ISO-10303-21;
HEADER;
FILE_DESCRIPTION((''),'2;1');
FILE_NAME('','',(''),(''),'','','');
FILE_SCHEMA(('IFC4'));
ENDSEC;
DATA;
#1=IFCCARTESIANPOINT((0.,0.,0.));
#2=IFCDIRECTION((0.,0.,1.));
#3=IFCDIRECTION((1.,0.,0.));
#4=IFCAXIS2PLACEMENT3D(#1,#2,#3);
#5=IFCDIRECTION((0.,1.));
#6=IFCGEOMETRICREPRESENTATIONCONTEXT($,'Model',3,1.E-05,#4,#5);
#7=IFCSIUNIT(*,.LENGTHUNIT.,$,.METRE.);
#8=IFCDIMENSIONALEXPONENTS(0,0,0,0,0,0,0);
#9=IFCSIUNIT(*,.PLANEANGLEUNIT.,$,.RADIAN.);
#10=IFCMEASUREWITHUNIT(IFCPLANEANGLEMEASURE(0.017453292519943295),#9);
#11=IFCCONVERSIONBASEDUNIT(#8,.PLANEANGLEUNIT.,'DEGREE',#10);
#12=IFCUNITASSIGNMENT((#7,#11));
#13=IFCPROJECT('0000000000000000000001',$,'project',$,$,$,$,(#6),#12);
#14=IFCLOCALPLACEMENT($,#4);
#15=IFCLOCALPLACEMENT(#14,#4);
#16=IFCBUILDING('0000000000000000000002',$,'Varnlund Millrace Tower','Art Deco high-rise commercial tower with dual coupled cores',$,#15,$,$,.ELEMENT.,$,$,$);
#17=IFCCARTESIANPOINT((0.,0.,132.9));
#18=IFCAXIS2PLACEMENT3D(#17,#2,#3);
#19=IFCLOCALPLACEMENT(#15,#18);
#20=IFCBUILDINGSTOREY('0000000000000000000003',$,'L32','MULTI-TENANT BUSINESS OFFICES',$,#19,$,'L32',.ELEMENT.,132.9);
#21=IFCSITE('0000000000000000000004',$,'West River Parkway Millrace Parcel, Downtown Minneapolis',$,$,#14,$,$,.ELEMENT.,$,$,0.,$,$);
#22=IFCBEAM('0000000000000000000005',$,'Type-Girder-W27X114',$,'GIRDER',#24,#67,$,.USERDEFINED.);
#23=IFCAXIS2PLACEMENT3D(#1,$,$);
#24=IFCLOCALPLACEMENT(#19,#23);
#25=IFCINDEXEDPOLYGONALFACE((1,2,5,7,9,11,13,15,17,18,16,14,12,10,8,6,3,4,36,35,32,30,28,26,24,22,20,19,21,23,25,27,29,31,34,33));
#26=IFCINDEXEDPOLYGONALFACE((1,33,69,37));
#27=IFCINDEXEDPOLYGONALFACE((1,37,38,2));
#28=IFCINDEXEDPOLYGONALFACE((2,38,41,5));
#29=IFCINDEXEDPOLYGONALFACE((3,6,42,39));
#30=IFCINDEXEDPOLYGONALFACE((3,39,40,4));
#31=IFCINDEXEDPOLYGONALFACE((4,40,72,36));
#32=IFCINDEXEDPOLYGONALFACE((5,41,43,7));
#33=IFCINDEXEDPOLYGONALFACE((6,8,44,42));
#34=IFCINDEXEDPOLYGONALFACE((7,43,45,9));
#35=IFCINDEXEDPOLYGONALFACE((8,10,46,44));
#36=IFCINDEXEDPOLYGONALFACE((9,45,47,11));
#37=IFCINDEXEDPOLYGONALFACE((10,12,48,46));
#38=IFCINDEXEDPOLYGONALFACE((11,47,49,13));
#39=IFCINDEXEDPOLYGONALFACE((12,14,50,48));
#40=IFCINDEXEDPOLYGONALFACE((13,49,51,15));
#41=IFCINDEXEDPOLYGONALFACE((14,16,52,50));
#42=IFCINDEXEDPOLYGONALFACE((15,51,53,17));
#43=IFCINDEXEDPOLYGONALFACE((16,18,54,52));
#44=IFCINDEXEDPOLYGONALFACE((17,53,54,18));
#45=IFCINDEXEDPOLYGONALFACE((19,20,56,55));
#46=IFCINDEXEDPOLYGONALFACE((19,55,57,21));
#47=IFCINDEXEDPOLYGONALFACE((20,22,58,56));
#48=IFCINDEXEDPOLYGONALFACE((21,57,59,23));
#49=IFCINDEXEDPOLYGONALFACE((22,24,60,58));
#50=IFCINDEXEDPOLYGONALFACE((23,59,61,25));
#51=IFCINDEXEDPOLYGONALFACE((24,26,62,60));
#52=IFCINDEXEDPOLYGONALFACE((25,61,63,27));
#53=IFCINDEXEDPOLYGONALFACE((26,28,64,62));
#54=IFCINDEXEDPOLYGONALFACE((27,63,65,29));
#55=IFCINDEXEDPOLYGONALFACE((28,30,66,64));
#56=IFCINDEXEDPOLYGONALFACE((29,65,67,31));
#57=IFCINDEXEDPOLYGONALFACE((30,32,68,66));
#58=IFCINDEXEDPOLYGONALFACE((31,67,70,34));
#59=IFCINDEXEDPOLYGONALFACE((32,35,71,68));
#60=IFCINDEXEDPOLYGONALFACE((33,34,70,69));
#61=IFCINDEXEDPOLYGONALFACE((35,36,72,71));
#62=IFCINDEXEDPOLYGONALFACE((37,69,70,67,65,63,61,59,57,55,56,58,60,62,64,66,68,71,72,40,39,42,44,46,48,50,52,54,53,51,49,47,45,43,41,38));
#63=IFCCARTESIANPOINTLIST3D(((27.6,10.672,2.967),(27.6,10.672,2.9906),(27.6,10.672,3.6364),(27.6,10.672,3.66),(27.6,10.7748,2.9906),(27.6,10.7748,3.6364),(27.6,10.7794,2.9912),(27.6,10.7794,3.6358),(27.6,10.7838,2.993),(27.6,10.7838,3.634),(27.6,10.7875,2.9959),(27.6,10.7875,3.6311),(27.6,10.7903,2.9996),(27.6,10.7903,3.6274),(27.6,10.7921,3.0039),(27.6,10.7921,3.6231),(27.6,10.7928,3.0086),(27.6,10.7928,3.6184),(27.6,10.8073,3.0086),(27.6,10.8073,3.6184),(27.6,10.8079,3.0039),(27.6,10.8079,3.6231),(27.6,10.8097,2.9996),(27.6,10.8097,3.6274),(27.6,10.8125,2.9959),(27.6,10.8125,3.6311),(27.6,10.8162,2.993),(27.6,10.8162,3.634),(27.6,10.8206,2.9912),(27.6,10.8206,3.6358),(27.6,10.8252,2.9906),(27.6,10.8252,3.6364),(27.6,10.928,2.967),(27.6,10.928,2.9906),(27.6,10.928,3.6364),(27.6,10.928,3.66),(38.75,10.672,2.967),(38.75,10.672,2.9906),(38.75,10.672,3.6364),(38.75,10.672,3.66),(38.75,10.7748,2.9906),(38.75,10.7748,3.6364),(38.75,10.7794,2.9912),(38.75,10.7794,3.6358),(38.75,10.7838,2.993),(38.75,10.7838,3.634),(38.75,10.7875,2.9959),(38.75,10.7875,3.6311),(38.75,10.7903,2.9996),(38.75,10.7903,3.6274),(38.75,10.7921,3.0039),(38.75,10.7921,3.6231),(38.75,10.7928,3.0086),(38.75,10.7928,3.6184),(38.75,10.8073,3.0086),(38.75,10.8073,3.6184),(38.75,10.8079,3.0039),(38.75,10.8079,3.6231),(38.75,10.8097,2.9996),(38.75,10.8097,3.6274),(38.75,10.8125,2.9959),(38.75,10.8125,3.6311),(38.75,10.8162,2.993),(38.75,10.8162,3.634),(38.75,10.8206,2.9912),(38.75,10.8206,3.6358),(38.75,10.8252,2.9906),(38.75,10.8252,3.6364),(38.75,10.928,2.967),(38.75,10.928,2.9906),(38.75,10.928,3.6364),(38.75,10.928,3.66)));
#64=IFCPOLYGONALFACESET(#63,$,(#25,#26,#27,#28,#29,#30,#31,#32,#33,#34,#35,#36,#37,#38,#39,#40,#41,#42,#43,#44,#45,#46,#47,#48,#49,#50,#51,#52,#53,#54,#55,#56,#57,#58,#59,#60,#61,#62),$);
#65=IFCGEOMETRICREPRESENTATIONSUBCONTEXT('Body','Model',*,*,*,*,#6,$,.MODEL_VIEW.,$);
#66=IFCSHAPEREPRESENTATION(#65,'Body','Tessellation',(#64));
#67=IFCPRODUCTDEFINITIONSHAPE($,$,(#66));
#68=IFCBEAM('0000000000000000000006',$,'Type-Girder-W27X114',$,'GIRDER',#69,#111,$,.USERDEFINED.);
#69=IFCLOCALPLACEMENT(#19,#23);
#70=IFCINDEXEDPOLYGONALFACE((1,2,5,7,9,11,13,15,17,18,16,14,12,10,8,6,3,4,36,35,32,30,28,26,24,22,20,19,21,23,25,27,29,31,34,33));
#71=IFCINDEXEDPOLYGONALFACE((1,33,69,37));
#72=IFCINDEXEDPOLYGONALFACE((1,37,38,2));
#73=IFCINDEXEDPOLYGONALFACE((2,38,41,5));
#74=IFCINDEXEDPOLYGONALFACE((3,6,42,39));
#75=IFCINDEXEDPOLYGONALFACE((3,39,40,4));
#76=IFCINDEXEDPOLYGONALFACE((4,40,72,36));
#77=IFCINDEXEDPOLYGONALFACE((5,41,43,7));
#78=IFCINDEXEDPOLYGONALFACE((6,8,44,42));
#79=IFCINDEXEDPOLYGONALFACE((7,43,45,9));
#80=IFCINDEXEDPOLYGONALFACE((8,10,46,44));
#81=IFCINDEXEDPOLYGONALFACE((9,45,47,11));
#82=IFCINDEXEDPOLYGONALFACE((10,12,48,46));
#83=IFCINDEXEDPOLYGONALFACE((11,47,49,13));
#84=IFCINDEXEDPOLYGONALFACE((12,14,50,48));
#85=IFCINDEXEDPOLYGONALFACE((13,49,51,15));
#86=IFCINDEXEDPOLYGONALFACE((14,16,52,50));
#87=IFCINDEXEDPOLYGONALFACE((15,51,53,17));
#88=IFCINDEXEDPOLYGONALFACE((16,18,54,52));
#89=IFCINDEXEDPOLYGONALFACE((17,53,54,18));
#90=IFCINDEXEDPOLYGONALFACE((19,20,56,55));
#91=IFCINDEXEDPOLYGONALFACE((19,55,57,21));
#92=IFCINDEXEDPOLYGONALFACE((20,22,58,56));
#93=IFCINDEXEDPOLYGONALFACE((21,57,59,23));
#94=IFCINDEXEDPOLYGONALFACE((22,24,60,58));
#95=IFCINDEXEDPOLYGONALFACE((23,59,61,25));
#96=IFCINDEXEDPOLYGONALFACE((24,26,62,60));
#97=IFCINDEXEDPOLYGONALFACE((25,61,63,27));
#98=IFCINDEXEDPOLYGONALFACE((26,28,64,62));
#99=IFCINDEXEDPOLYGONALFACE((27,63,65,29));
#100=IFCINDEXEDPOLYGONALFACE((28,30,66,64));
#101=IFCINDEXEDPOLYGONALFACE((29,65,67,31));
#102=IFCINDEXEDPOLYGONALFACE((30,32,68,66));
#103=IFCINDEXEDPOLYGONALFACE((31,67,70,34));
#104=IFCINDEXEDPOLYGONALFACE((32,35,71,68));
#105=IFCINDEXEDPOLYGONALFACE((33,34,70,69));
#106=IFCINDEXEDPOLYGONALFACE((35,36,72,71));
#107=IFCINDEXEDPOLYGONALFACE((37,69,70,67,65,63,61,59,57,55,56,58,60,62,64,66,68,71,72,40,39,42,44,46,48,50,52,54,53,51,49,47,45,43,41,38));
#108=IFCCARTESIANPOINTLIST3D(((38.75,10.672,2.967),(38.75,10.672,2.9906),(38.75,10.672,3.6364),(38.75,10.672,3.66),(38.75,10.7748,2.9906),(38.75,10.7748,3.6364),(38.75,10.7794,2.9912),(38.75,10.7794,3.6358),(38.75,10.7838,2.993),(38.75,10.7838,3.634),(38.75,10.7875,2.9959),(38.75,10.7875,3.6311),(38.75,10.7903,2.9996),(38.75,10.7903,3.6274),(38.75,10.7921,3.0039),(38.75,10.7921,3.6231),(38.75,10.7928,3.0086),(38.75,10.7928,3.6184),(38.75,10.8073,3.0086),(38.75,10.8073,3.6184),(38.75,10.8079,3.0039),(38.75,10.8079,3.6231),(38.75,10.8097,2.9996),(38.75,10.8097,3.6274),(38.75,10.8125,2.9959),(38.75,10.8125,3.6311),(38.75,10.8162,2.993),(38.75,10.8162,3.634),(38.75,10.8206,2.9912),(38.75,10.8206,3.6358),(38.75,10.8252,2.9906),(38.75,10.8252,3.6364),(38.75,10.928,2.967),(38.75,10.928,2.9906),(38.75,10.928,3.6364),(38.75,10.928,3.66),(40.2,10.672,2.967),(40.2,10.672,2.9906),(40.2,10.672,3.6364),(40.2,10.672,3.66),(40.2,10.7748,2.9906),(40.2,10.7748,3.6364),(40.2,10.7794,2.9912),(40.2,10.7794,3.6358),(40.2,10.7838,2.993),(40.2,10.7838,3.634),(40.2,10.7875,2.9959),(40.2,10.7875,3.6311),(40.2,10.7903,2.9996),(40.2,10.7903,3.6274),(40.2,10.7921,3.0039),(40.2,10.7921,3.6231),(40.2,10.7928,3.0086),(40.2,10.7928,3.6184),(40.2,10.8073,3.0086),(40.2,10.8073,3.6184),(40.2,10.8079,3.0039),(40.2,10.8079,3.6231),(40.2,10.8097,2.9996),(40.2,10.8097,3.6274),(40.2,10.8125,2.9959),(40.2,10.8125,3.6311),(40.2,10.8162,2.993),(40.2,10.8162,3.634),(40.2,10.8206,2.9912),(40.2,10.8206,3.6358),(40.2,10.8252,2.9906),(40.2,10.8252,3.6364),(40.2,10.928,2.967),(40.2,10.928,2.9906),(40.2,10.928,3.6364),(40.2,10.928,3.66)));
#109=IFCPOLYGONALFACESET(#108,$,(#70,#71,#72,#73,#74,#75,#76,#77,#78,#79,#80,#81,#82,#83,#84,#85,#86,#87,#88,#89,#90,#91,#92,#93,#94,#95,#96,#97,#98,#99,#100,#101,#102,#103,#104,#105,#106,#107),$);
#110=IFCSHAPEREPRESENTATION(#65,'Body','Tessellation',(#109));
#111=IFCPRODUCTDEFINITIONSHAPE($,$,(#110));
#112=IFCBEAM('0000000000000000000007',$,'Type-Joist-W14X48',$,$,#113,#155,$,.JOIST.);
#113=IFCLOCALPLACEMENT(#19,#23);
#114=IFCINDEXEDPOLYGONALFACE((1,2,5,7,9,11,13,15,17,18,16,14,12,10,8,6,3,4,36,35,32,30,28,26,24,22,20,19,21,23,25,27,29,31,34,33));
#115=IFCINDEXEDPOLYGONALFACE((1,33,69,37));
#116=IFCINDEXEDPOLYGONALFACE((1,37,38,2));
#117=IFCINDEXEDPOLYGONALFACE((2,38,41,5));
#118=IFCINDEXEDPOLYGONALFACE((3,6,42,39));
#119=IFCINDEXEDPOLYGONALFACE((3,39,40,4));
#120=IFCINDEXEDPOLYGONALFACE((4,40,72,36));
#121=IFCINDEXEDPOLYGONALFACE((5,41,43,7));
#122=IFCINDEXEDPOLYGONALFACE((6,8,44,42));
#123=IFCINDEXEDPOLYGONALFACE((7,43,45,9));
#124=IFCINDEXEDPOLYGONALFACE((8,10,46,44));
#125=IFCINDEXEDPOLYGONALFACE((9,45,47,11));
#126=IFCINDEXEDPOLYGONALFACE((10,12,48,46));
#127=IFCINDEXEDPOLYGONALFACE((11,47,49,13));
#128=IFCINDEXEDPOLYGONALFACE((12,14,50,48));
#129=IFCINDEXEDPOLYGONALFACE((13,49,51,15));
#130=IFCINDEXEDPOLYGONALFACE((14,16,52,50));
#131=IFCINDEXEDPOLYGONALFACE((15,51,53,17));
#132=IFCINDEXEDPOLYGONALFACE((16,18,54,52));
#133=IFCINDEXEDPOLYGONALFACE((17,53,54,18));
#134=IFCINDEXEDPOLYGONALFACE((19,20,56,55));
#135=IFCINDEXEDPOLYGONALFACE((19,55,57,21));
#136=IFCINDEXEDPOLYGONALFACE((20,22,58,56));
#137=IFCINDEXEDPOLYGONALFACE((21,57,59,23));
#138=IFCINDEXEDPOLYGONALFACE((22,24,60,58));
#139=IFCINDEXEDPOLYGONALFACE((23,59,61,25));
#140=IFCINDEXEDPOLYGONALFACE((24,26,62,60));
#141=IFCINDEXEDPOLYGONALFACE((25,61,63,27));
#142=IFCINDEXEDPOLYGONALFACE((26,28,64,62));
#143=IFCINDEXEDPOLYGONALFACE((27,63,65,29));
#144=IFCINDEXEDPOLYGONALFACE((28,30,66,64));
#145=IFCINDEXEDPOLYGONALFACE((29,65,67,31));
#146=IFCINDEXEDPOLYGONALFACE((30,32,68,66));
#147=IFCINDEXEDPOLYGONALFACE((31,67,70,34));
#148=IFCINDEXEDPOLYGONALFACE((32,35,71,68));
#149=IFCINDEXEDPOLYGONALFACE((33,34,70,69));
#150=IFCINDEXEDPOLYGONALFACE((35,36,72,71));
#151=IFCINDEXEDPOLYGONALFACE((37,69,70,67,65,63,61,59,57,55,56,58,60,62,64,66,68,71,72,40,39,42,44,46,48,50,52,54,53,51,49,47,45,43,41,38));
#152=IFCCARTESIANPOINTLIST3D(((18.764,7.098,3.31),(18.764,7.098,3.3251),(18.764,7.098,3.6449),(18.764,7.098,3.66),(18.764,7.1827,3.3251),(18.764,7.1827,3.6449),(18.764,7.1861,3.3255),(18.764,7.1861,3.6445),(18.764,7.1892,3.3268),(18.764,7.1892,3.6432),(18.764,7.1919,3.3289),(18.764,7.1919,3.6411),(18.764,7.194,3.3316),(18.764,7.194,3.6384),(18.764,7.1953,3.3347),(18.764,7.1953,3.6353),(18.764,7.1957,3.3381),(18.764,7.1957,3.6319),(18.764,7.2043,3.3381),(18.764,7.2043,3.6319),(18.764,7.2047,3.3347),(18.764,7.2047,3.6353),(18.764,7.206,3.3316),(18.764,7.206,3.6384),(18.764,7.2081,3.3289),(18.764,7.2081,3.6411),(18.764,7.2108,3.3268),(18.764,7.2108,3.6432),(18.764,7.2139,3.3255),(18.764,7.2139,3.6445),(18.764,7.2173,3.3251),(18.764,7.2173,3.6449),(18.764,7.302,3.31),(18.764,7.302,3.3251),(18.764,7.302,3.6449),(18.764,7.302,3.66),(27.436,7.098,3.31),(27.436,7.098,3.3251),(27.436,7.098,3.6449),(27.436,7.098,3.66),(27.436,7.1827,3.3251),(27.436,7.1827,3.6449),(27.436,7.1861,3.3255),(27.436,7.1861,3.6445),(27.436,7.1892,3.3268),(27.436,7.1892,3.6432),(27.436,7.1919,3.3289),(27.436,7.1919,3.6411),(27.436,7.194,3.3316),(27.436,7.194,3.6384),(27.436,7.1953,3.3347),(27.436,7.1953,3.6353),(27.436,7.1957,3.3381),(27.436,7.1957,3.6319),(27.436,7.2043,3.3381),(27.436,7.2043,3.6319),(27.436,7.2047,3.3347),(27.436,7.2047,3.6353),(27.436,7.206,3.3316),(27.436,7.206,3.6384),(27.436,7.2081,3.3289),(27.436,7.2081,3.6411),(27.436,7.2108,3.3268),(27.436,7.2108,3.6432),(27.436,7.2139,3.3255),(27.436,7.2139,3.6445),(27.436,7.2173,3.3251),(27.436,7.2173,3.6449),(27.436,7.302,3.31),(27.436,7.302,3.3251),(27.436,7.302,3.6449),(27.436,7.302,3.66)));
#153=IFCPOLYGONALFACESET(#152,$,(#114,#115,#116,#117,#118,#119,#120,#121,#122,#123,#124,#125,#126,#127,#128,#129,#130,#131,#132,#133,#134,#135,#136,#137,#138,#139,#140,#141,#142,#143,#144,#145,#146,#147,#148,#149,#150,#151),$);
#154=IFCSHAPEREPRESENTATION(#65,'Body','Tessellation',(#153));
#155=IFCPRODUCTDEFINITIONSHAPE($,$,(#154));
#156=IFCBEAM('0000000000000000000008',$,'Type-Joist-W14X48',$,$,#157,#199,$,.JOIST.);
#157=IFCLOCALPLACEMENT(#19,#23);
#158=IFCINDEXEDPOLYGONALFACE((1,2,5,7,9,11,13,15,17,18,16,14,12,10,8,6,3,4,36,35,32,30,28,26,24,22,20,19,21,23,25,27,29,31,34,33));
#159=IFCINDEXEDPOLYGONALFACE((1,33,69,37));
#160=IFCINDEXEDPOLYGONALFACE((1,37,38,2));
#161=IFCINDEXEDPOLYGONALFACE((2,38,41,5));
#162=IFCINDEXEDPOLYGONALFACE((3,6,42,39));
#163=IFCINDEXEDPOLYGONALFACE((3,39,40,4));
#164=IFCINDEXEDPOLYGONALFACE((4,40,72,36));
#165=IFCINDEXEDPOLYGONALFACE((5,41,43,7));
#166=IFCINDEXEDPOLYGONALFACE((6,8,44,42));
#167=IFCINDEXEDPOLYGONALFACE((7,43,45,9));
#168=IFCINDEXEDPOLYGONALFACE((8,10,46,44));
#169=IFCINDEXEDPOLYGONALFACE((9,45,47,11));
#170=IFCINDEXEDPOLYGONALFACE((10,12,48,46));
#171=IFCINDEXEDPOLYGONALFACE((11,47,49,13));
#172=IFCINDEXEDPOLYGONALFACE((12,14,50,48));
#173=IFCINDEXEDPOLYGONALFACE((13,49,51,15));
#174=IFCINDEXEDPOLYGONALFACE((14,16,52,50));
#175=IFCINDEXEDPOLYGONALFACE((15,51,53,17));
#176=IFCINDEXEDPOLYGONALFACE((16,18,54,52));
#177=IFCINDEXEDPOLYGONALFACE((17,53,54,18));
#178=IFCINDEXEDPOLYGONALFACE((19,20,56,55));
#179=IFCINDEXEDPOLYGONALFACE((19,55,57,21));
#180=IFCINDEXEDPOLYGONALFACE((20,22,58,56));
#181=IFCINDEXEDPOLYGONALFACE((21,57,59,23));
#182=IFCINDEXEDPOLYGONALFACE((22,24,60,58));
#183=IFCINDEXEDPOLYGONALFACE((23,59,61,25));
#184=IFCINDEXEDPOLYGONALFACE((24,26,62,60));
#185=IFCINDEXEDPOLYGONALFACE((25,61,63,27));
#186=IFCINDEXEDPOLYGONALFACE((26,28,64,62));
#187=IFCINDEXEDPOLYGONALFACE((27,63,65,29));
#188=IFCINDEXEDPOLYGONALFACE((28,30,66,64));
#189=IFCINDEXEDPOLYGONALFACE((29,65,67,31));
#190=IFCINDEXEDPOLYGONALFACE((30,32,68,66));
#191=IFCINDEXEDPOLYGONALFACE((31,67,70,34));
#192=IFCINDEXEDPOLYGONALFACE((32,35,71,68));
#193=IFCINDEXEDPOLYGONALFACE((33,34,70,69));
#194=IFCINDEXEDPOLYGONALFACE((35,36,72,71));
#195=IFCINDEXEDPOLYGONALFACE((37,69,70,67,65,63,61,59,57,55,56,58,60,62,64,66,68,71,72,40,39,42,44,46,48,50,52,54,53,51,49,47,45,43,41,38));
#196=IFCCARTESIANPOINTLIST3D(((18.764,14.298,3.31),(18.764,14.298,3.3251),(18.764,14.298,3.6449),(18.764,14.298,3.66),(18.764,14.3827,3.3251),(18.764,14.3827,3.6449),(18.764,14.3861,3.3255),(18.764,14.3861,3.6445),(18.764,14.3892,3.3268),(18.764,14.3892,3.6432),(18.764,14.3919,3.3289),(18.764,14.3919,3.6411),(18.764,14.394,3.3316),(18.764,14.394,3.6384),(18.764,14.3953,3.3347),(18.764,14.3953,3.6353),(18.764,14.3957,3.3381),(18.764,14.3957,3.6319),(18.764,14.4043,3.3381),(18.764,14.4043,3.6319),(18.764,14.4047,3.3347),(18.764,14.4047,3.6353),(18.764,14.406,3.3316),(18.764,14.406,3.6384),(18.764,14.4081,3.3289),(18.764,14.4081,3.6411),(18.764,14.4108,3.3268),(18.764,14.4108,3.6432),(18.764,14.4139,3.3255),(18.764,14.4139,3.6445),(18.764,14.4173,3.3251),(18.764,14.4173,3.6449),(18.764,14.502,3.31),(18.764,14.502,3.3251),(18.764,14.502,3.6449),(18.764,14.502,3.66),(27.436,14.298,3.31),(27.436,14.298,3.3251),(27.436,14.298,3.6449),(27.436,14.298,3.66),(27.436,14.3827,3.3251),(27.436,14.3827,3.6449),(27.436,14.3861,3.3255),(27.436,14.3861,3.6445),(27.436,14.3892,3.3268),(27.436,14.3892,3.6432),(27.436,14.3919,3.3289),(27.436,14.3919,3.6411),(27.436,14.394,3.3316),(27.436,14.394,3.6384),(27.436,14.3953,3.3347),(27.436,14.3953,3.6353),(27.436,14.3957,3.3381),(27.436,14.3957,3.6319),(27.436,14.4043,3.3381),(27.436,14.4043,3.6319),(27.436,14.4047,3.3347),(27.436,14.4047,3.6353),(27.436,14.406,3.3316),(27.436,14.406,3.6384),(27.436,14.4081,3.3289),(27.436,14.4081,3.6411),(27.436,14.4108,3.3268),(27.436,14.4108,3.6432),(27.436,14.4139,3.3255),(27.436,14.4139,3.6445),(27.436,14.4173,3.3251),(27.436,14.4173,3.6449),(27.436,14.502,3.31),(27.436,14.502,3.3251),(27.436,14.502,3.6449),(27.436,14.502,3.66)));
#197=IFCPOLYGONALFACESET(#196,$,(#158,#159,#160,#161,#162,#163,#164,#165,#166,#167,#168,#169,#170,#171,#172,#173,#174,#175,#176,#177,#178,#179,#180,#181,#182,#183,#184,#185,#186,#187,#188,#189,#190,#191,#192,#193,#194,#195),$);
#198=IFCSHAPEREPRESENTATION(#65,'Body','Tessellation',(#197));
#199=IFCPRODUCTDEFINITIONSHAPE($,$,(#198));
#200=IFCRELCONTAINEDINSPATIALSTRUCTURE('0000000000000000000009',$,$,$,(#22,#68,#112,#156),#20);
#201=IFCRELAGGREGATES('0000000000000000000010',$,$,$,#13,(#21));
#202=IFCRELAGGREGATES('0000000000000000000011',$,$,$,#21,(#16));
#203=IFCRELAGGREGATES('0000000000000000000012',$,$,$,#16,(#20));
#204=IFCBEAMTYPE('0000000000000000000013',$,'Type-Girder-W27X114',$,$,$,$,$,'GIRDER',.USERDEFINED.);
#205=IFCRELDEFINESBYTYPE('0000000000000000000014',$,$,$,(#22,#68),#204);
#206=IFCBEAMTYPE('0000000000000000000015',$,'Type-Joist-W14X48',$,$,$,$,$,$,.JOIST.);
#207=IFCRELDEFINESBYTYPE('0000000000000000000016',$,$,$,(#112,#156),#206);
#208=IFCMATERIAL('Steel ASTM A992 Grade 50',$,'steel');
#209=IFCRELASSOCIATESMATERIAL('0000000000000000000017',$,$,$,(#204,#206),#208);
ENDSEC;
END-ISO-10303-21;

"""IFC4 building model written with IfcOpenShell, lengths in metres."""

from ifc_helpers import new_model, entity, si_unit, converted_unit, direction, frame, origin_with_axes, origin_2d_with_axis, place, context, subcontext, project, spatial, i_section, extrude, material, material_profile, profile_set, type_object, element, save


model = new_model("IFC4")

# Units and contexts
model_context = context("Model", 3, precision=1e-05, world=origin_with_axes(), true_north=direction((0.0, 1.0)))
body_context = subcontext(model_context, "Body", "Model", "MODEL_VIEW")
ifc_project = project(units=[si_unit("LENGTHUNIT", "METRE"), converted_unit("PLANEANGLEUNIT", "DEGREE", entity("IfcPlaneAngleMeasure", 0.017453292519943295), si_unit("PLANEANGLEUNIT", "RADIAN"), dimensions=[0, 0, 0, 0, 0, 0, 0])], contexts=[model_context])

# Site, building, storey
site_placement = place(None, origin_with_axes())
site = spatial("IfcSite", under=ifc_project, at=site_placement, Name="West River Parkway Millrace Parcel, Downtown Minneapolis", CompositionType="ELEMENT", RefElevation=0.0)
building_placement = place(site_placement, origin_with_axes())
building = spatial("IfcBuilding", under=site, at=building_placement, Name="Varnlund Millrace Tower", Description="Art Deco high-rise commercial tower with dual coupled cores", CompositionType="ELEMENT")
storey_placement = place(building_placement, frame((0.0, 0.0, 132.9), z_axis=(0.0, 0.0, 1.0), x_axis=(1.0, 0.0, 0.0)))
storey = spatial("IfcBuildingStorey", under=building, at=storey_placement, Name="L32", Description="MULTI-TENANT BUSINESS OFFICES", LongName="L32", CompositionType="ELEMENT", Elevation=132.9)

# Beams
ifc_material_1 = material(Name="Steel ASTM A992 Grade 50", Category="steel")
ifc_material_profile_1 = material_profile(ifc_material_1, i_section(OverallWidth=0.256, OverallDepth=0.693, WebThickness=0.0145, FlangeThickness=0.0236, FilletRadius=0.018, at=origin_2d_with_axis()), Name="Steel ASTM A992 Grade 50")
ifc_profile_set_1 = profile_set([ifc_material_profile_1], Name="Steel ASTM A992 Grade 50")
beam_type_1 = type_object("IfcBeamType", Name="Type-Girder-W27X114", ElementType="GIRDER", PredefinedType="USERDEFINED", material=ifc_profile_set_1)
beam_1_placement = place(storey_placement, frame((27.6, 10.8, 3.3135), z_axis=(1.0, 0.0, 0.0), x_axis=(0.0, 1.0, 0.0)))
element("IfcBeam", 1, at=beam_1_placement, inside=storey, type_object=beam_type_1, Name="Type-Girder-W27X114", ObjectType="GIRDER", PredefinedType="USERDEFINED", context=body_context, shape_type="SweptSolid", body=[
    extrude(i_section(OverallWidth=0.256, OverallDepth=0.693, WebThickness=0.0145, FlangeThickness=0.0236, FilletRadius=0.018, at=origin_2d_with_axis()), origin_with_axes(), (0.0, 0.0, 1.0), 11.15),
])
beam_2_placement = place(storey_placement, frame((38.75, 10.8, 3.3135), z_axis=(1.0, 0.0, 0.0), x_axis=(0.0, 1.0, 0.0)))
element("IfcBeam", 2, at=beam_2_placement, inside=storey, type_object=beam_type_1, Name="Type-Girder-W27X114", ObjectType="GIRDER", PredefinedType="USERDEFINED", context=body_context, shape_type="SweptSolid", body=[
    extrude(i_section(OverallWidth=0.256, OverallDepth=0.693, WebThickness=0.0145, FlangeThickness=0.0236, FilletRadius=0.018, at=origin_2d_with_axis()), origin_with_axes(), (0.0, 0.0, 1.0), 1.45),
])
ifc_material_profile_2 = material_profile(ifc_material_1, i_section(OverallWidth=0.204, OverallDepth=0.35, WebThickness=0.0086, FlangeThickness=0.0151, FilletRadius=0.013, at=origin_2d_with_axis()), Name="Steel ASTM A992 Grade 50")
ifc_profile_set_2 = profile_set([ifc_material_profile_2], Name="Steel ASTM A992 Grade 50")
beam_type_2 = type_object("IfcBeamType", Name="Type-Joist-W14X48", PredefinedType="JOIST", material=ifc_profile_set_2)
for number, where, z_axis, x_axis, name in (
    (3, (18.764, 7.2, 3.485), (1.0, 0.0, 0.0), (0.0, 1.0, 0.0), "Type-Joist-W14X48"),
    (4, (18.764, 14.4, 3.485), (1.0, 0.0, 0.0), (0.0, 1.0, 0.0), "Type-Joist-W14X48"),
):
    element("IfcBeam", number, at=place(storey_placement, frame(where, z_axis=z_axis, x_axis=x_axis)), inside=storey, type_object=beam_type_2, Name=name, PredefinedType="JOIST", context=body_context, shape_type="SweptSolid", body=[
        extrude(i_section(OverallWidth=0.204, OverallDepth=0.35, WebThickness=0.0086, FlangeThickness=0.0151, FilletRadius=0.013, at=origin_2d_with_axis()), origin_with_axes(), (0.0, 0.0, 1.0), 8.672),
    ])

save(model, "model.ifc")
